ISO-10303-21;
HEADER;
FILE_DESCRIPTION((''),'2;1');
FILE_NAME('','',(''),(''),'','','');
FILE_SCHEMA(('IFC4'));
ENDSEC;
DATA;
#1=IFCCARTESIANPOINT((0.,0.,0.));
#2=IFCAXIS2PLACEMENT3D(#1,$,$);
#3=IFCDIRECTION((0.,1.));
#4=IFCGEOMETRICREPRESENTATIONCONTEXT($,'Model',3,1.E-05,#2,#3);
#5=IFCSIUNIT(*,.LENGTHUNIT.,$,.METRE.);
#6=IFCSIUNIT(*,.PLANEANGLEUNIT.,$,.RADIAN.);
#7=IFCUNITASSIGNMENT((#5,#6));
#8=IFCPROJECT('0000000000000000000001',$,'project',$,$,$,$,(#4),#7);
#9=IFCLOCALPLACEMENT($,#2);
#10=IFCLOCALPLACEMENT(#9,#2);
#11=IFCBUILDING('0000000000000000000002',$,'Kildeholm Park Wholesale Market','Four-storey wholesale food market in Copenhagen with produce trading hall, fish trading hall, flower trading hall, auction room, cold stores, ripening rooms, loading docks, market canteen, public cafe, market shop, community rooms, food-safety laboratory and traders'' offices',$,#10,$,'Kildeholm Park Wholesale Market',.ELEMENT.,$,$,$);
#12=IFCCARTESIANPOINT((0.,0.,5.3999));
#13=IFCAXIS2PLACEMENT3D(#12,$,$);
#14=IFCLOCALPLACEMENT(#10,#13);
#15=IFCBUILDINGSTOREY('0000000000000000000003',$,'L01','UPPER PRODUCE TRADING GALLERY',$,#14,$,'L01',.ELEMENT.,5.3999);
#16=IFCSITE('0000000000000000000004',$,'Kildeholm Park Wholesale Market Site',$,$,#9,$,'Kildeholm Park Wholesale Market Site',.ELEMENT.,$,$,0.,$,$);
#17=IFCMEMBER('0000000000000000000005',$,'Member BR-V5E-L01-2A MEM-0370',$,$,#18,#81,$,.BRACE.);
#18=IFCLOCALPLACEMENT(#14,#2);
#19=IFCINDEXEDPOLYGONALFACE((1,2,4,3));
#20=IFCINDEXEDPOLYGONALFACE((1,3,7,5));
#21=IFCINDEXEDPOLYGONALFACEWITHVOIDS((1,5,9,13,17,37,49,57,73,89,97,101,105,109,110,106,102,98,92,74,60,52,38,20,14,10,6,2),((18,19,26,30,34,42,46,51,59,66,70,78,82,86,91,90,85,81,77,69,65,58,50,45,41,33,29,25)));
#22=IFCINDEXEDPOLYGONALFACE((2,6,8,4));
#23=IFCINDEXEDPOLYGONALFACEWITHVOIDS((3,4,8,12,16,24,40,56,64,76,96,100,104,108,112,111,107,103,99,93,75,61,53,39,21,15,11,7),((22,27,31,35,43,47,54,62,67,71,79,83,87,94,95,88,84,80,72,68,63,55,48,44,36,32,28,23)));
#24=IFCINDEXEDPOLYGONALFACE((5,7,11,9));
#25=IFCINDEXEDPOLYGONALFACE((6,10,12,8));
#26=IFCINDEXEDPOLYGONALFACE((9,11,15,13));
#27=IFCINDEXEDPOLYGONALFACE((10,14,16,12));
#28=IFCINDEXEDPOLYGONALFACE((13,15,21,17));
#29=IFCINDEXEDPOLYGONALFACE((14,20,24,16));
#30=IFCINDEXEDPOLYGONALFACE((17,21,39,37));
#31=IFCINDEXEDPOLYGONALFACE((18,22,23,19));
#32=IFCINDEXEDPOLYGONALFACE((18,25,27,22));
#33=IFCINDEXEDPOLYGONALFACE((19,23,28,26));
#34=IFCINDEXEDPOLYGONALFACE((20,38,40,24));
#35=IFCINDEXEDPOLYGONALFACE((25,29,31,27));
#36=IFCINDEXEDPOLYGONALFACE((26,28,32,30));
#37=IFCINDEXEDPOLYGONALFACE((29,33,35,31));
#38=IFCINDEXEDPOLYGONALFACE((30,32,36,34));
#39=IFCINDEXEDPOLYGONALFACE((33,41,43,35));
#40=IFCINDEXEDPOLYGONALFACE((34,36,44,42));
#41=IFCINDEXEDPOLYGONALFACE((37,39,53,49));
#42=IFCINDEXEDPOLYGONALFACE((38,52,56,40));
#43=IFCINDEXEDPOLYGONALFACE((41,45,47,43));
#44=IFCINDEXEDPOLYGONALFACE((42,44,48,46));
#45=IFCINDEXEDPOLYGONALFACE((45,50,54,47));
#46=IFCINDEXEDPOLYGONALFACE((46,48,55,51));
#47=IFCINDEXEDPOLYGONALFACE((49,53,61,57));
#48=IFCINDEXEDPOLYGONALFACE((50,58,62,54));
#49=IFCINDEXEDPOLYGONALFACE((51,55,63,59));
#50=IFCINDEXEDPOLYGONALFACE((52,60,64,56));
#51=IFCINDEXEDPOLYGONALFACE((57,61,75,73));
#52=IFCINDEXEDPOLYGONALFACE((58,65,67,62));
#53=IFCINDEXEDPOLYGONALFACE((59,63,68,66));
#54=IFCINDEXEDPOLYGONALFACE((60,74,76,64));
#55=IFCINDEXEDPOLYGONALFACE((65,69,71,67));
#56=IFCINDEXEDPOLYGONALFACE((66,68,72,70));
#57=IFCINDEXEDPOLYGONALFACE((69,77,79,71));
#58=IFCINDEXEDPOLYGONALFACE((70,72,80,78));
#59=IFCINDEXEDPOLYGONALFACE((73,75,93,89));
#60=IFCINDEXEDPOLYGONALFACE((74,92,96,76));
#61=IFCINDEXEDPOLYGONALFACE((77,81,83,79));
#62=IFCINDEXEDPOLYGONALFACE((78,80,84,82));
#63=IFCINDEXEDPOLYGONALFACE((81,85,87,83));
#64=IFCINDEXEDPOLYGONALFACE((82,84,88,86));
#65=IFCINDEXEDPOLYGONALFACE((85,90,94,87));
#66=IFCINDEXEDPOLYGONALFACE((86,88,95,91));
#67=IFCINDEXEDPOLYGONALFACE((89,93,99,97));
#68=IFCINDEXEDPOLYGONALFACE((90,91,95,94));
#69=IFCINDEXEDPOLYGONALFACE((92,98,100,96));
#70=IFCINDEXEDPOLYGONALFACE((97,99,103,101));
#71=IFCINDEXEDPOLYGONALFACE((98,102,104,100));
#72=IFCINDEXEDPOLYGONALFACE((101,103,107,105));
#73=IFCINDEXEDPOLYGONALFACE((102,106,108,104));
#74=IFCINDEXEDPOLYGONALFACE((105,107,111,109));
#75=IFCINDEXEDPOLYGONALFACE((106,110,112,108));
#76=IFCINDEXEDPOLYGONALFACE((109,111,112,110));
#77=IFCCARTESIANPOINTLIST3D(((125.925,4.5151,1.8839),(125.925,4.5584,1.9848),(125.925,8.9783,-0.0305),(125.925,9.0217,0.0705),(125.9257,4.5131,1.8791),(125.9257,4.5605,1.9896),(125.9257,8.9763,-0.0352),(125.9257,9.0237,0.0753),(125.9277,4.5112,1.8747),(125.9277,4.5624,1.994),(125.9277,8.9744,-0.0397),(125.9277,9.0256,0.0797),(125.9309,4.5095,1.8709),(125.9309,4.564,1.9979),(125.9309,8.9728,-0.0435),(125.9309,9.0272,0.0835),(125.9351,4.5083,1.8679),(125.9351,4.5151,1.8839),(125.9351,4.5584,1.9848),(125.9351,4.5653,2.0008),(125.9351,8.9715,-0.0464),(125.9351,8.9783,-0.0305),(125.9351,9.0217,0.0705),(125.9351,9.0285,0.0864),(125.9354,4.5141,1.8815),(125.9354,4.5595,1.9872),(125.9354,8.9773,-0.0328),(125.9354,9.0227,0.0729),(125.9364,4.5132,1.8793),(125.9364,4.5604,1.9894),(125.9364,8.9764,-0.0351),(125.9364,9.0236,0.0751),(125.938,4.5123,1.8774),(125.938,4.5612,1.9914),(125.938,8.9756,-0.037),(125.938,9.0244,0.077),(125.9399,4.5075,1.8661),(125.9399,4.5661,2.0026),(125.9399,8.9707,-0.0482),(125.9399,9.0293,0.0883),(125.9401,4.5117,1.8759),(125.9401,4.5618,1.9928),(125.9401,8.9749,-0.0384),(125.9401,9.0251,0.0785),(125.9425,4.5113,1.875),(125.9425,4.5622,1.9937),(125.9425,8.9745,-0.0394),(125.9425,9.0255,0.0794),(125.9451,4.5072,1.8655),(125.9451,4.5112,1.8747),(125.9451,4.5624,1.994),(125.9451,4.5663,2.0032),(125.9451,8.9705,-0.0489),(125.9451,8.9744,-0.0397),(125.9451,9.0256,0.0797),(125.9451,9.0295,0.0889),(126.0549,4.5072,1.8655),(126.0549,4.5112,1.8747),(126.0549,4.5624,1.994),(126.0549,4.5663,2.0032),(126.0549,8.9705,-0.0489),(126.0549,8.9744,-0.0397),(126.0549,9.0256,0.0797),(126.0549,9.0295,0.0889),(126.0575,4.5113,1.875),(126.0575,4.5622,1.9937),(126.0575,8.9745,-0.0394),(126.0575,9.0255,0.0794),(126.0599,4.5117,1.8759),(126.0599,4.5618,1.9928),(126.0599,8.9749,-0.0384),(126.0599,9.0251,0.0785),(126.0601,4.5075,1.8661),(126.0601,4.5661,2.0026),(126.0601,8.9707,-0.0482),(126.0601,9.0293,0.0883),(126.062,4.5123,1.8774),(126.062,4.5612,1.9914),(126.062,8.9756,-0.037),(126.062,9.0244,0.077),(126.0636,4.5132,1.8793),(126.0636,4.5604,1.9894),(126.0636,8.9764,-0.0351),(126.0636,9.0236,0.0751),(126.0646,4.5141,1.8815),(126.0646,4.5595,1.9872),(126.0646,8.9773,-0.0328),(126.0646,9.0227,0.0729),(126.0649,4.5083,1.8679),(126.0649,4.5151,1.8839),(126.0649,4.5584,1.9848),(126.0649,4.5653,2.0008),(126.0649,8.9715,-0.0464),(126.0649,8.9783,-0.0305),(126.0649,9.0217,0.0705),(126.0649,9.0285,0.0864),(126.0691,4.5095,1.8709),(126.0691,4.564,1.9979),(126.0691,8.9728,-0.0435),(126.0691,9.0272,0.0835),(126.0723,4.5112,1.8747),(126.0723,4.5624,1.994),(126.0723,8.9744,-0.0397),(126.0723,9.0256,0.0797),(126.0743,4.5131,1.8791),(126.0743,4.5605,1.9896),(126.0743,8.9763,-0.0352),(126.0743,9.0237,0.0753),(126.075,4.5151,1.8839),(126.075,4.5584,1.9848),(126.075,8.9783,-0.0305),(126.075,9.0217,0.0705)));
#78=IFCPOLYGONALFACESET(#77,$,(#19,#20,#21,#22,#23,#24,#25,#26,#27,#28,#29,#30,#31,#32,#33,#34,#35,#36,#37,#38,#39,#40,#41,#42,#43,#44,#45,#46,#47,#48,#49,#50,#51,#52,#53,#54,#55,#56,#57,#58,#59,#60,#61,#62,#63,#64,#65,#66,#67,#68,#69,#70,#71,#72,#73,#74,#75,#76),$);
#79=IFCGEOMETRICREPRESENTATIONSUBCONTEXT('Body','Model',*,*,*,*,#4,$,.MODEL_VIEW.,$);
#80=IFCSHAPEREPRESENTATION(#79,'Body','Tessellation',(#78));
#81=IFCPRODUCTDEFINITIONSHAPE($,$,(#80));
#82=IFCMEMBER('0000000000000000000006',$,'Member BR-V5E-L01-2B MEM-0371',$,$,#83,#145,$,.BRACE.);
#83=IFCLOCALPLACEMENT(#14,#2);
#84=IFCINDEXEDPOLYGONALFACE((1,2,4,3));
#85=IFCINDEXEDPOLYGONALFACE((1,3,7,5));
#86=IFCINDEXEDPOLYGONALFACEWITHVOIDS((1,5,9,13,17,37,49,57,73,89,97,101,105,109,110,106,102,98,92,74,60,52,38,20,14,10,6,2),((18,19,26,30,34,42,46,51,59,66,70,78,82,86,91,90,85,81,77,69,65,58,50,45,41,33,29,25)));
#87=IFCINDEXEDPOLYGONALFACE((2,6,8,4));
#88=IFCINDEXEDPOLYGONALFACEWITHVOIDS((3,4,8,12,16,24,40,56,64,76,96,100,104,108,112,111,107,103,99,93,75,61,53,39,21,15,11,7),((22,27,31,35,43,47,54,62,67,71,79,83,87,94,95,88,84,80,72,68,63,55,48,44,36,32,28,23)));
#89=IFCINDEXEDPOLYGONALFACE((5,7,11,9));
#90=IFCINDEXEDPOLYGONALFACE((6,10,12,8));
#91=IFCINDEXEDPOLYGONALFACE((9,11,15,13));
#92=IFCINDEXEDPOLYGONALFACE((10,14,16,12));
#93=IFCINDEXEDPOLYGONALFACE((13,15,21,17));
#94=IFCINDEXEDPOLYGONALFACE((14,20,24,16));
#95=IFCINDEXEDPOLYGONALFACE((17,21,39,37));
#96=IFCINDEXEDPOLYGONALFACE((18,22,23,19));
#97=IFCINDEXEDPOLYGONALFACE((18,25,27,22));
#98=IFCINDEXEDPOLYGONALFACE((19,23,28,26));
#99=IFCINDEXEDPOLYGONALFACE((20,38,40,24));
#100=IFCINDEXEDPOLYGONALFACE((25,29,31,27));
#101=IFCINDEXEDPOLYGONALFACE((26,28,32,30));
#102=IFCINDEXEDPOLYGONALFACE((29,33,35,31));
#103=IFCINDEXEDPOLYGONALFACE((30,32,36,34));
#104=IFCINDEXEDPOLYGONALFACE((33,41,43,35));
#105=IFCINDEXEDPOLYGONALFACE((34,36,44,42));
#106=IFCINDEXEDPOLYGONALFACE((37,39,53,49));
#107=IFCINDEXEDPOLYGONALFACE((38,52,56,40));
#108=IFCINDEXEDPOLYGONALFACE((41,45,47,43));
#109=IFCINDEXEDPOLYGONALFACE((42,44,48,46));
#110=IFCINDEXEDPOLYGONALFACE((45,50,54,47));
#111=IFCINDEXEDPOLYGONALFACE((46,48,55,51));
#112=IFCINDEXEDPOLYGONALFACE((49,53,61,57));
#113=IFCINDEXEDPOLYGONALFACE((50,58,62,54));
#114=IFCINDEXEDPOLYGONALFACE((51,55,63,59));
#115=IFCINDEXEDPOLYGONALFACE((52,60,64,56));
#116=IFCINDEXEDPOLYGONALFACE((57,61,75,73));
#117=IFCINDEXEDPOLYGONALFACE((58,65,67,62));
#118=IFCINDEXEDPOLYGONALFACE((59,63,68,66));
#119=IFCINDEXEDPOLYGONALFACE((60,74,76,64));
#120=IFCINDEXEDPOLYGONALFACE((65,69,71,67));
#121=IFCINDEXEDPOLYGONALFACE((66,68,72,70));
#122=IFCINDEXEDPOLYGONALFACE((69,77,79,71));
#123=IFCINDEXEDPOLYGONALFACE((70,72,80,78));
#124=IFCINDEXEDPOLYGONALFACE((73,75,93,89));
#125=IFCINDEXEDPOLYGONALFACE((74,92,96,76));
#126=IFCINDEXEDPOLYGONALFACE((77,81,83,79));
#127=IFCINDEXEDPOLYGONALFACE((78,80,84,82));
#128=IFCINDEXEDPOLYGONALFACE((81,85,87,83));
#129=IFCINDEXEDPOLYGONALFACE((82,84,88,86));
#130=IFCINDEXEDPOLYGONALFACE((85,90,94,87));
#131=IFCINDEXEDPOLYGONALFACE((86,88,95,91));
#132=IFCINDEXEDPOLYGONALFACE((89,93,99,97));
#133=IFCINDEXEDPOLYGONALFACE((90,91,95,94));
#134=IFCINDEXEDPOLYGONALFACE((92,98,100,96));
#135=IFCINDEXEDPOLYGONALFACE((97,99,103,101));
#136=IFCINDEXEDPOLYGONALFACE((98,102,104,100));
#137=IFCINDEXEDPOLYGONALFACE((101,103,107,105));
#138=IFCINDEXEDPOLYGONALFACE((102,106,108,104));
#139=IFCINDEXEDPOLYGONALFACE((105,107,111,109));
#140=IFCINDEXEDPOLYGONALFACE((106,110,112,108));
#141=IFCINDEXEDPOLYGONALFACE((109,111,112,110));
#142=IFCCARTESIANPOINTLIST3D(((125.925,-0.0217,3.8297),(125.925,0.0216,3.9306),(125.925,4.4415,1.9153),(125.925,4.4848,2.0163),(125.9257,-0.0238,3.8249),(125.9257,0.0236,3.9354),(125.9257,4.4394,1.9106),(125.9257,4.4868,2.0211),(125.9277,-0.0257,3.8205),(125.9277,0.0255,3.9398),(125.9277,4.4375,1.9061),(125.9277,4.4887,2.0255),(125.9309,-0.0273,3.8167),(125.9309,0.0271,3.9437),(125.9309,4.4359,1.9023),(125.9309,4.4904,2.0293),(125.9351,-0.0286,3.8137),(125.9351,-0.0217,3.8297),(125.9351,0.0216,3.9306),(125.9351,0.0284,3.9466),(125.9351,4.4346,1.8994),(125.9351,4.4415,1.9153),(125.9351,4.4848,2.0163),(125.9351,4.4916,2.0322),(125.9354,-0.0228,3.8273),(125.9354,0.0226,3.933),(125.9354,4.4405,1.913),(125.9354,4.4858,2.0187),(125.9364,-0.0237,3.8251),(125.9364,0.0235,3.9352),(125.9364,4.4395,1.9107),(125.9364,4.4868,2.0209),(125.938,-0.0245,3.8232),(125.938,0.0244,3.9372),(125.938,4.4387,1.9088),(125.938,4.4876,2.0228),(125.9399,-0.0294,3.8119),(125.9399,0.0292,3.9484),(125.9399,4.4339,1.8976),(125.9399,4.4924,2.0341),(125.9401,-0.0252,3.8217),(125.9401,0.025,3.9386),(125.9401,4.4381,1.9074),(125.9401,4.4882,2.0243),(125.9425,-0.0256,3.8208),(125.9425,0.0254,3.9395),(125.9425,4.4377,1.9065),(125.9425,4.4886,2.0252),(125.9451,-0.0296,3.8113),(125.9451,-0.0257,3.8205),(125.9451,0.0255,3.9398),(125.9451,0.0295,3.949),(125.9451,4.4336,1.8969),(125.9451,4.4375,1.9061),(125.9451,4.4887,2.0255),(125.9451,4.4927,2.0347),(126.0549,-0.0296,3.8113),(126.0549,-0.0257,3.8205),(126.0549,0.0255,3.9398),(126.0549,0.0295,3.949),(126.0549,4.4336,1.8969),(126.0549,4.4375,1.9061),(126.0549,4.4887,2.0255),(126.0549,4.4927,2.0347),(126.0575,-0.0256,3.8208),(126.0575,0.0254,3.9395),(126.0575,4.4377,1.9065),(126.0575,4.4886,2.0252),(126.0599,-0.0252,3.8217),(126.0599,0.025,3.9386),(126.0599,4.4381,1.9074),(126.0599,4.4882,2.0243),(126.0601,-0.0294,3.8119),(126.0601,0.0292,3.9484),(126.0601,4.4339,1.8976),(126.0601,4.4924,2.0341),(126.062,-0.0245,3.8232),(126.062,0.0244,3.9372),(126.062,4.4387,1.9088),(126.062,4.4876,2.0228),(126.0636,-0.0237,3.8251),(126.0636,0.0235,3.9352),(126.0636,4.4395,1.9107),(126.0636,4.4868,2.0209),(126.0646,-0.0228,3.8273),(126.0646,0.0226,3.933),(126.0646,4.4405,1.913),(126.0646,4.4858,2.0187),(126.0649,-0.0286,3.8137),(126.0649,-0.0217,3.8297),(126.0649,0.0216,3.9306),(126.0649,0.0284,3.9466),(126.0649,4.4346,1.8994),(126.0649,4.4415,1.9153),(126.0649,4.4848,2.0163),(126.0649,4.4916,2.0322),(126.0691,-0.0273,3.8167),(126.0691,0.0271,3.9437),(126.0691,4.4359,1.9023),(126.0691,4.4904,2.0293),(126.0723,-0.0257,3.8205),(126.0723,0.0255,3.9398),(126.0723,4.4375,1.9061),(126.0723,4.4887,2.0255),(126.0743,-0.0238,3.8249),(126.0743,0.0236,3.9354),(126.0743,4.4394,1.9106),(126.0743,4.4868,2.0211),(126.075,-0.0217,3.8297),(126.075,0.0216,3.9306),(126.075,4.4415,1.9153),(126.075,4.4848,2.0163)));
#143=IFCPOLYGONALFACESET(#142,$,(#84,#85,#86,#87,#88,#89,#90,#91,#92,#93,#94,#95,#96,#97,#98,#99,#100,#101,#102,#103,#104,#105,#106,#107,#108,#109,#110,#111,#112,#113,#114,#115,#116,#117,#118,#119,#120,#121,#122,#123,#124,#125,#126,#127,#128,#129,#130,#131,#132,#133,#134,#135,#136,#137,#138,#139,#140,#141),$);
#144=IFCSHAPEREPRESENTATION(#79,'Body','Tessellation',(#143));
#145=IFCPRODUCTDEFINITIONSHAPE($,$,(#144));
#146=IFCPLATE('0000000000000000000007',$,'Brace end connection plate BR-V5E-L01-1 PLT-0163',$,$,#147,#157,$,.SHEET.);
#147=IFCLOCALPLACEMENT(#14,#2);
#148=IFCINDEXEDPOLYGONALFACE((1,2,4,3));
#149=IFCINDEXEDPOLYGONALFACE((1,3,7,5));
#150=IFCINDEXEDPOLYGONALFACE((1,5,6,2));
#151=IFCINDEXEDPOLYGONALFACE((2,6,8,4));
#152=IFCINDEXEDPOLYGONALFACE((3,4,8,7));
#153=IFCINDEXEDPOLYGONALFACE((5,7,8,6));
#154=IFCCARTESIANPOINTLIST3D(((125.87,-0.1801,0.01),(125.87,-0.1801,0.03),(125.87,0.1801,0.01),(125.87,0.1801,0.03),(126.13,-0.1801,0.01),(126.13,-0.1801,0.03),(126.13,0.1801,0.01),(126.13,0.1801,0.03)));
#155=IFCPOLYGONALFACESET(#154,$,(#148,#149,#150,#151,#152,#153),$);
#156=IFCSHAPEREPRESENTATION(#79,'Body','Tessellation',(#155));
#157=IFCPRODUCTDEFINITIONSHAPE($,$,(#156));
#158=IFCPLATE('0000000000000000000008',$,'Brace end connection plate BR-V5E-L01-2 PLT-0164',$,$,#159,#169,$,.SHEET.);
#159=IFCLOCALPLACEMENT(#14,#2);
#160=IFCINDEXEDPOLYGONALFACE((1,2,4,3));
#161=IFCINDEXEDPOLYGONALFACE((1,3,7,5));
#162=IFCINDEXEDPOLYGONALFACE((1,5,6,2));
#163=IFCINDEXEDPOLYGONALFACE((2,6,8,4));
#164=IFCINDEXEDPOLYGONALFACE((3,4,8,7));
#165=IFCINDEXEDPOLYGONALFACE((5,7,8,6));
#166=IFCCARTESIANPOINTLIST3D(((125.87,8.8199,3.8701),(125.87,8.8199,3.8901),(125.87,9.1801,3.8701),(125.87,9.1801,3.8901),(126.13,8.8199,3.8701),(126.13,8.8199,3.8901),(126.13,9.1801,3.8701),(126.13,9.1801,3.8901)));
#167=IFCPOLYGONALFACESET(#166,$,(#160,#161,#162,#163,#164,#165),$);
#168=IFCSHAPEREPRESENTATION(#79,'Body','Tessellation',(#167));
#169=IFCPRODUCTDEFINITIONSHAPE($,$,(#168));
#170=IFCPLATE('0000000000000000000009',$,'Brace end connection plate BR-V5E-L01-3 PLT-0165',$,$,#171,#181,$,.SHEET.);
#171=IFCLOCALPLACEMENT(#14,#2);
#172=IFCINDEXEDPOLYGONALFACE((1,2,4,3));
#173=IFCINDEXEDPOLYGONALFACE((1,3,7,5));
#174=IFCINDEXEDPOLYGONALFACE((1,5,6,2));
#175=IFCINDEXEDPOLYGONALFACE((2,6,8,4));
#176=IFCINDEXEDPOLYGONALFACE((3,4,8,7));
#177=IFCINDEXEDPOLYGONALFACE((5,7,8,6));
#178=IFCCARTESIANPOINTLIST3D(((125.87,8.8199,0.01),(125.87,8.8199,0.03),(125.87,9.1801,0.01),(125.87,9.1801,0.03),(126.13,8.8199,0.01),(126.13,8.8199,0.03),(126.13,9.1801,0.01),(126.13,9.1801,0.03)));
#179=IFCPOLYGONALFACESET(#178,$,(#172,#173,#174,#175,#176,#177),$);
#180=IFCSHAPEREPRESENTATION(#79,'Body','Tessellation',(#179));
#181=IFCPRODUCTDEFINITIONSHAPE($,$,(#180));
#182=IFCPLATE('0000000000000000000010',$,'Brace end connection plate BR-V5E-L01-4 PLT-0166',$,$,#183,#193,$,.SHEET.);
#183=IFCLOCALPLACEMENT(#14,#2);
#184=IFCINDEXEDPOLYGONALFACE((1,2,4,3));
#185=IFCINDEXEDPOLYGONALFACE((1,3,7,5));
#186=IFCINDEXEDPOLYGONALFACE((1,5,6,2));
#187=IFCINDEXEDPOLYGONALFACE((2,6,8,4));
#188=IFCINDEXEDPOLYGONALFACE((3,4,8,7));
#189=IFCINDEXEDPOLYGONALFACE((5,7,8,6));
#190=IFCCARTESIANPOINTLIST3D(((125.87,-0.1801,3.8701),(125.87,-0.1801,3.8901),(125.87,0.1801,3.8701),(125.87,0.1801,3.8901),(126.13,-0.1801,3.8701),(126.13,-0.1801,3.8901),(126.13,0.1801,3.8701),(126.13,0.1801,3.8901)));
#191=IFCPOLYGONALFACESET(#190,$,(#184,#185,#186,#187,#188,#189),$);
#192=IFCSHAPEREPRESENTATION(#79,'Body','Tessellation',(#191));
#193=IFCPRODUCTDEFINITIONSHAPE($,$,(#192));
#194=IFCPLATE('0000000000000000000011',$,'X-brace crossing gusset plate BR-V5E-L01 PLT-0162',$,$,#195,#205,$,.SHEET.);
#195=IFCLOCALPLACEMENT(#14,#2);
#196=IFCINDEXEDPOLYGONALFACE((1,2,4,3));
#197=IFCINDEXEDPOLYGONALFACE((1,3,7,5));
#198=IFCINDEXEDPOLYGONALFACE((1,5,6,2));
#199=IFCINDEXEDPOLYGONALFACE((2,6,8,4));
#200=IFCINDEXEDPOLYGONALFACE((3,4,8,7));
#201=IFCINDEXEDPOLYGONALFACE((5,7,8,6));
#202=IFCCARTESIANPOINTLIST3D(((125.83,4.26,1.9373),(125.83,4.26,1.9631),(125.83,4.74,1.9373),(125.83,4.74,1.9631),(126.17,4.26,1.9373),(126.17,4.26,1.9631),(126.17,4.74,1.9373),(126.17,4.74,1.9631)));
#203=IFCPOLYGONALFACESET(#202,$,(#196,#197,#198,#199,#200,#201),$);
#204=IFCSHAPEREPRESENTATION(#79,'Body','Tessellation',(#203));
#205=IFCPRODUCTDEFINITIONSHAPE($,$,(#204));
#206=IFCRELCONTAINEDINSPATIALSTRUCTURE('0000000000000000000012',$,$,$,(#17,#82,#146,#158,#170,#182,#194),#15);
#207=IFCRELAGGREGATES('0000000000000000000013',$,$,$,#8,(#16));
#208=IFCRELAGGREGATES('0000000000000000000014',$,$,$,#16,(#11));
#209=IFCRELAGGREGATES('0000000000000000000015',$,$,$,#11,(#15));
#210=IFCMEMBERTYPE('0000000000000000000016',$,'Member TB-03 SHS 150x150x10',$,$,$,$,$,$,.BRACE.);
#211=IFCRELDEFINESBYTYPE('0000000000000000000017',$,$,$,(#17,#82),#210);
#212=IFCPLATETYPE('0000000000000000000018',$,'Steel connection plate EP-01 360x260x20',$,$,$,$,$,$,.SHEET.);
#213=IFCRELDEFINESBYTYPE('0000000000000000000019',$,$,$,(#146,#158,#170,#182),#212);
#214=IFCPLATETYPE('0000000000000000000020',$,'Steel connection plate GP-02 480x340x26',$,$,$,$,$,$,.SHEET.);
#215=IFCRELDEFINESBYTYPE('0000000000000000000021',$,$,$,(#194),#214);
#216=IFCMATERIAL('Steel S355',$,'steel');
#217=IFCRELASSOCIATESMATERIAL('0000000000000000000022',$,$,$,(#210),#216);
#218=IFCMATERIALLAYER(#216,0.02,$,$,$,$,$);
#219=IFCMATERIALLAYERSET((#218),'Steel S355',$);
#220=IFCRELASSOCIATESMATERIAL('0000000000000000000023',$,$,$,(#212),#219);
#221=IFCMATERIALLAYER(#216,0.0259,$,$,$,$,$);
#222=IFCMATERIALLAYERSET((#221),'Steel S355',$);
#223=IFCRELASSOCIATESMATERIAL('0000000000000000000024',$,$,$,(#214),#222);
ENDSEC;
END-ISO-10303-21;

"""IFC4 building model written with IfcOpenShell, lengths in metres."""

from ifc_helpers import new_model, si_unit, direction, frame, origin, origin_2d, place, context, subcontext, project, spatial, rectangle, hollow_rectangle, extrude, material, layer, layer_set, material_profile, profile_set, type_object, element, save


model = new_model("IFC4")

# Units and contexts
model_context = context("Model", 3, precision=1e-05, world=origin(), true_north=direction((0.0, 1.0)))
body_context = subcontext(model_context, "Body", "Model", "MODEL_VIEW")
ifc_project = project(units=[si_unit("LENGTHUNIT", "METRE"), si_unit("PLANEANGLEUNIT", "RADIAN")], contexts=[model_context])

# Site, building, storey
site_placement = place(None, origin())
site = spatial("IfcSite", under=ifc_project, at=site_placement, Name="Kildeholm Park Wholesale Market Site", LongName="Kildeholm Park Wholesale Market Site", CompositionType="ELEMENT", RefElevation=0.0)
building_placement = place(site_placement, origin())
building = spatial("IfcBuilding", under=site, at=building_placement, Name="Kildeholm Park Wholesale Market", Description="Four-storey wholesale food market in Copenhagen with produce trading hall, fish trading hall, flower trading hall, auction room, cold stores, ripening rooms, loading docks, market canteen, public cafe, market shop, community rooms, food-safety laboratory and traders' offices", LongName="Kildeholm Park Wholesale Market", CompositionType="ELEMENT")
storey_placement = place(building_placement, frame((0.0, 0.0, 5.3999)))
storey = spatial("IfcBuildingStorey", under=building, at=storey_placement, Name="L01", Description="UPPER PRODUCE TRADING GALLERY", LongName="L01", CompositionType="ELEMENT", Elevation=5.3999)

# Shared definitions
ifc_material_1 = material(Name="Steel S355", Category="steel")

# Members
ifc_material_profile_1 = material_profile(ifc_material_1, hollow_rectangle(XDim=0.1499, YDim=0.1499, WallThickness=0.01, InnerFilletRadius=0.01, OuterFilletRadius=0.02, at=origin_2d()), Name="SHS 150x150x10")
ifc_profile_set_1 = profile_set([ifc_material_profile_1], Name="Steel S355")
member_type = type_object("IfcMemberType", Name="Member TB-03 SHS 150x150x10", PredefinedType="BRACE", material=ifc_profile_set_1)
for number, where, z_axis, x_axis, name in (
    (1, (126.0, 9.0, 0.02), (0.0, -0.919031, 0.394186), (1.0, 0.0, 0.0), "Member BR-V5E-L01-2A MEM-0370"),
    (2, (126.0, 4.4631, 1.9658), (0.0, -0.919031, 0.394186), (1.0, 0.0, 0.0), "Member BR-V5E-L01-2B MEM-0371"),
):
    element("IfcMember", number, at=place(storey_placement, frame(where, z_axis=z_axis, x_axis=x_axis)), inside=storey, type_object=member_type, Name=name, PredefinedType="BRACE", context=body_context, shape_type="SweptSolid", body=[
        extrude(hollow_rectangle(XDim=0.1499, YDim=0.1499, WallThickness=0.01, InnerFilletRadius=0.01, OuterFilletRadius=0.02, at=origin_2d()), origin(), (0.0, 0.0, 1.0), 4.8564),
    ])

# Plates
ifc_layer_1 = layer(ifc_material_1, 0.02)
ifc_layer_set_1 = layer_set([ifc_layer_1], Name="Steel S355")
plate_type_1 = type_object("IfcPlateType", Name="Steel connection plate EP-01 360x260x20", PredefinedType="SHEET", material=ifc_layer_set_1)
for number, where, z_axis, x_axis, name in (
    (3, (126.0, 0.0, 0.01), (0.0, 0.0, 1.0), (0.0, 1.0, 0.0), "Brace end connection plate BR-V5E-L01-1 PLT-0163"),
    (4, (126.0, 9.0, 3.8701), (0.0, 0.0, 1.0), (0.0, 1.0, 0.0), "Brace end connection plate BR-V5E-L01-2 PLT-0164"),
    (5, (126.0, 9.0, 0.01), (0.0, 0.0, 1.0), (0.0, 1.0, 0.0), "Brace end connection plate BR-V5E-L01-3 PLT-0165"),
    (6, (126.0, 0.0, 3.8701), (0.0, 0.0, 1.0), (0.0, 1.0, 0.0), "Brace end connection plate BR-V5E-L01-4 PLT-0166"),
):
    element("IfcPlate", number, at=place(storey_placement, frame(where, z_axis=z_axis, x_axis=x_axis)), inside=storey, type_object=plate_type_1, Name=name, PredefinedType="SHEET", context=body_context, shape_type="SweptSolid", body=[
        extrude(rectangle(XDim=0.3601, YDim=0.26, at=origin_2d()), origin(), (0.0, 0.0, 1.0), 0.02),
    ])
ifc_layer_2 = layer(ifc_material_1, 0.0259)
ifc_layer_set_2 = layer_set([ifc_layer_2], Name="Steel S355")
plate_type_2 = type_object("IfcPlateType", Name="Steel connection plate GP-02 480x340x26", PredefinedType="SHEET", material=ifc_layer_set_2)
plate_placement = place(storey_placement, frame((126.0, 4.5, 1.9373), z_axis=(0.0, 0.0, 1.0), x_axis=(0.0, 1.0, 0.0)))
element("IfcPlate", 7, at=plate_placement, inside=storey, type_object=plate_type_2, Name="X-brace crossing gusset plate BR-V5E-L01 PLT-0162", PredefinedType="SHEET", context=body_context, shape_type="SweptSolid", body=[
    extrude(rectangle(XDim=0.48, YDim=0.3401, at=origin_2d()), origin(), (0.0, 0.0, 1.0), 0.0259),
])

save(model, "model.ifc")
